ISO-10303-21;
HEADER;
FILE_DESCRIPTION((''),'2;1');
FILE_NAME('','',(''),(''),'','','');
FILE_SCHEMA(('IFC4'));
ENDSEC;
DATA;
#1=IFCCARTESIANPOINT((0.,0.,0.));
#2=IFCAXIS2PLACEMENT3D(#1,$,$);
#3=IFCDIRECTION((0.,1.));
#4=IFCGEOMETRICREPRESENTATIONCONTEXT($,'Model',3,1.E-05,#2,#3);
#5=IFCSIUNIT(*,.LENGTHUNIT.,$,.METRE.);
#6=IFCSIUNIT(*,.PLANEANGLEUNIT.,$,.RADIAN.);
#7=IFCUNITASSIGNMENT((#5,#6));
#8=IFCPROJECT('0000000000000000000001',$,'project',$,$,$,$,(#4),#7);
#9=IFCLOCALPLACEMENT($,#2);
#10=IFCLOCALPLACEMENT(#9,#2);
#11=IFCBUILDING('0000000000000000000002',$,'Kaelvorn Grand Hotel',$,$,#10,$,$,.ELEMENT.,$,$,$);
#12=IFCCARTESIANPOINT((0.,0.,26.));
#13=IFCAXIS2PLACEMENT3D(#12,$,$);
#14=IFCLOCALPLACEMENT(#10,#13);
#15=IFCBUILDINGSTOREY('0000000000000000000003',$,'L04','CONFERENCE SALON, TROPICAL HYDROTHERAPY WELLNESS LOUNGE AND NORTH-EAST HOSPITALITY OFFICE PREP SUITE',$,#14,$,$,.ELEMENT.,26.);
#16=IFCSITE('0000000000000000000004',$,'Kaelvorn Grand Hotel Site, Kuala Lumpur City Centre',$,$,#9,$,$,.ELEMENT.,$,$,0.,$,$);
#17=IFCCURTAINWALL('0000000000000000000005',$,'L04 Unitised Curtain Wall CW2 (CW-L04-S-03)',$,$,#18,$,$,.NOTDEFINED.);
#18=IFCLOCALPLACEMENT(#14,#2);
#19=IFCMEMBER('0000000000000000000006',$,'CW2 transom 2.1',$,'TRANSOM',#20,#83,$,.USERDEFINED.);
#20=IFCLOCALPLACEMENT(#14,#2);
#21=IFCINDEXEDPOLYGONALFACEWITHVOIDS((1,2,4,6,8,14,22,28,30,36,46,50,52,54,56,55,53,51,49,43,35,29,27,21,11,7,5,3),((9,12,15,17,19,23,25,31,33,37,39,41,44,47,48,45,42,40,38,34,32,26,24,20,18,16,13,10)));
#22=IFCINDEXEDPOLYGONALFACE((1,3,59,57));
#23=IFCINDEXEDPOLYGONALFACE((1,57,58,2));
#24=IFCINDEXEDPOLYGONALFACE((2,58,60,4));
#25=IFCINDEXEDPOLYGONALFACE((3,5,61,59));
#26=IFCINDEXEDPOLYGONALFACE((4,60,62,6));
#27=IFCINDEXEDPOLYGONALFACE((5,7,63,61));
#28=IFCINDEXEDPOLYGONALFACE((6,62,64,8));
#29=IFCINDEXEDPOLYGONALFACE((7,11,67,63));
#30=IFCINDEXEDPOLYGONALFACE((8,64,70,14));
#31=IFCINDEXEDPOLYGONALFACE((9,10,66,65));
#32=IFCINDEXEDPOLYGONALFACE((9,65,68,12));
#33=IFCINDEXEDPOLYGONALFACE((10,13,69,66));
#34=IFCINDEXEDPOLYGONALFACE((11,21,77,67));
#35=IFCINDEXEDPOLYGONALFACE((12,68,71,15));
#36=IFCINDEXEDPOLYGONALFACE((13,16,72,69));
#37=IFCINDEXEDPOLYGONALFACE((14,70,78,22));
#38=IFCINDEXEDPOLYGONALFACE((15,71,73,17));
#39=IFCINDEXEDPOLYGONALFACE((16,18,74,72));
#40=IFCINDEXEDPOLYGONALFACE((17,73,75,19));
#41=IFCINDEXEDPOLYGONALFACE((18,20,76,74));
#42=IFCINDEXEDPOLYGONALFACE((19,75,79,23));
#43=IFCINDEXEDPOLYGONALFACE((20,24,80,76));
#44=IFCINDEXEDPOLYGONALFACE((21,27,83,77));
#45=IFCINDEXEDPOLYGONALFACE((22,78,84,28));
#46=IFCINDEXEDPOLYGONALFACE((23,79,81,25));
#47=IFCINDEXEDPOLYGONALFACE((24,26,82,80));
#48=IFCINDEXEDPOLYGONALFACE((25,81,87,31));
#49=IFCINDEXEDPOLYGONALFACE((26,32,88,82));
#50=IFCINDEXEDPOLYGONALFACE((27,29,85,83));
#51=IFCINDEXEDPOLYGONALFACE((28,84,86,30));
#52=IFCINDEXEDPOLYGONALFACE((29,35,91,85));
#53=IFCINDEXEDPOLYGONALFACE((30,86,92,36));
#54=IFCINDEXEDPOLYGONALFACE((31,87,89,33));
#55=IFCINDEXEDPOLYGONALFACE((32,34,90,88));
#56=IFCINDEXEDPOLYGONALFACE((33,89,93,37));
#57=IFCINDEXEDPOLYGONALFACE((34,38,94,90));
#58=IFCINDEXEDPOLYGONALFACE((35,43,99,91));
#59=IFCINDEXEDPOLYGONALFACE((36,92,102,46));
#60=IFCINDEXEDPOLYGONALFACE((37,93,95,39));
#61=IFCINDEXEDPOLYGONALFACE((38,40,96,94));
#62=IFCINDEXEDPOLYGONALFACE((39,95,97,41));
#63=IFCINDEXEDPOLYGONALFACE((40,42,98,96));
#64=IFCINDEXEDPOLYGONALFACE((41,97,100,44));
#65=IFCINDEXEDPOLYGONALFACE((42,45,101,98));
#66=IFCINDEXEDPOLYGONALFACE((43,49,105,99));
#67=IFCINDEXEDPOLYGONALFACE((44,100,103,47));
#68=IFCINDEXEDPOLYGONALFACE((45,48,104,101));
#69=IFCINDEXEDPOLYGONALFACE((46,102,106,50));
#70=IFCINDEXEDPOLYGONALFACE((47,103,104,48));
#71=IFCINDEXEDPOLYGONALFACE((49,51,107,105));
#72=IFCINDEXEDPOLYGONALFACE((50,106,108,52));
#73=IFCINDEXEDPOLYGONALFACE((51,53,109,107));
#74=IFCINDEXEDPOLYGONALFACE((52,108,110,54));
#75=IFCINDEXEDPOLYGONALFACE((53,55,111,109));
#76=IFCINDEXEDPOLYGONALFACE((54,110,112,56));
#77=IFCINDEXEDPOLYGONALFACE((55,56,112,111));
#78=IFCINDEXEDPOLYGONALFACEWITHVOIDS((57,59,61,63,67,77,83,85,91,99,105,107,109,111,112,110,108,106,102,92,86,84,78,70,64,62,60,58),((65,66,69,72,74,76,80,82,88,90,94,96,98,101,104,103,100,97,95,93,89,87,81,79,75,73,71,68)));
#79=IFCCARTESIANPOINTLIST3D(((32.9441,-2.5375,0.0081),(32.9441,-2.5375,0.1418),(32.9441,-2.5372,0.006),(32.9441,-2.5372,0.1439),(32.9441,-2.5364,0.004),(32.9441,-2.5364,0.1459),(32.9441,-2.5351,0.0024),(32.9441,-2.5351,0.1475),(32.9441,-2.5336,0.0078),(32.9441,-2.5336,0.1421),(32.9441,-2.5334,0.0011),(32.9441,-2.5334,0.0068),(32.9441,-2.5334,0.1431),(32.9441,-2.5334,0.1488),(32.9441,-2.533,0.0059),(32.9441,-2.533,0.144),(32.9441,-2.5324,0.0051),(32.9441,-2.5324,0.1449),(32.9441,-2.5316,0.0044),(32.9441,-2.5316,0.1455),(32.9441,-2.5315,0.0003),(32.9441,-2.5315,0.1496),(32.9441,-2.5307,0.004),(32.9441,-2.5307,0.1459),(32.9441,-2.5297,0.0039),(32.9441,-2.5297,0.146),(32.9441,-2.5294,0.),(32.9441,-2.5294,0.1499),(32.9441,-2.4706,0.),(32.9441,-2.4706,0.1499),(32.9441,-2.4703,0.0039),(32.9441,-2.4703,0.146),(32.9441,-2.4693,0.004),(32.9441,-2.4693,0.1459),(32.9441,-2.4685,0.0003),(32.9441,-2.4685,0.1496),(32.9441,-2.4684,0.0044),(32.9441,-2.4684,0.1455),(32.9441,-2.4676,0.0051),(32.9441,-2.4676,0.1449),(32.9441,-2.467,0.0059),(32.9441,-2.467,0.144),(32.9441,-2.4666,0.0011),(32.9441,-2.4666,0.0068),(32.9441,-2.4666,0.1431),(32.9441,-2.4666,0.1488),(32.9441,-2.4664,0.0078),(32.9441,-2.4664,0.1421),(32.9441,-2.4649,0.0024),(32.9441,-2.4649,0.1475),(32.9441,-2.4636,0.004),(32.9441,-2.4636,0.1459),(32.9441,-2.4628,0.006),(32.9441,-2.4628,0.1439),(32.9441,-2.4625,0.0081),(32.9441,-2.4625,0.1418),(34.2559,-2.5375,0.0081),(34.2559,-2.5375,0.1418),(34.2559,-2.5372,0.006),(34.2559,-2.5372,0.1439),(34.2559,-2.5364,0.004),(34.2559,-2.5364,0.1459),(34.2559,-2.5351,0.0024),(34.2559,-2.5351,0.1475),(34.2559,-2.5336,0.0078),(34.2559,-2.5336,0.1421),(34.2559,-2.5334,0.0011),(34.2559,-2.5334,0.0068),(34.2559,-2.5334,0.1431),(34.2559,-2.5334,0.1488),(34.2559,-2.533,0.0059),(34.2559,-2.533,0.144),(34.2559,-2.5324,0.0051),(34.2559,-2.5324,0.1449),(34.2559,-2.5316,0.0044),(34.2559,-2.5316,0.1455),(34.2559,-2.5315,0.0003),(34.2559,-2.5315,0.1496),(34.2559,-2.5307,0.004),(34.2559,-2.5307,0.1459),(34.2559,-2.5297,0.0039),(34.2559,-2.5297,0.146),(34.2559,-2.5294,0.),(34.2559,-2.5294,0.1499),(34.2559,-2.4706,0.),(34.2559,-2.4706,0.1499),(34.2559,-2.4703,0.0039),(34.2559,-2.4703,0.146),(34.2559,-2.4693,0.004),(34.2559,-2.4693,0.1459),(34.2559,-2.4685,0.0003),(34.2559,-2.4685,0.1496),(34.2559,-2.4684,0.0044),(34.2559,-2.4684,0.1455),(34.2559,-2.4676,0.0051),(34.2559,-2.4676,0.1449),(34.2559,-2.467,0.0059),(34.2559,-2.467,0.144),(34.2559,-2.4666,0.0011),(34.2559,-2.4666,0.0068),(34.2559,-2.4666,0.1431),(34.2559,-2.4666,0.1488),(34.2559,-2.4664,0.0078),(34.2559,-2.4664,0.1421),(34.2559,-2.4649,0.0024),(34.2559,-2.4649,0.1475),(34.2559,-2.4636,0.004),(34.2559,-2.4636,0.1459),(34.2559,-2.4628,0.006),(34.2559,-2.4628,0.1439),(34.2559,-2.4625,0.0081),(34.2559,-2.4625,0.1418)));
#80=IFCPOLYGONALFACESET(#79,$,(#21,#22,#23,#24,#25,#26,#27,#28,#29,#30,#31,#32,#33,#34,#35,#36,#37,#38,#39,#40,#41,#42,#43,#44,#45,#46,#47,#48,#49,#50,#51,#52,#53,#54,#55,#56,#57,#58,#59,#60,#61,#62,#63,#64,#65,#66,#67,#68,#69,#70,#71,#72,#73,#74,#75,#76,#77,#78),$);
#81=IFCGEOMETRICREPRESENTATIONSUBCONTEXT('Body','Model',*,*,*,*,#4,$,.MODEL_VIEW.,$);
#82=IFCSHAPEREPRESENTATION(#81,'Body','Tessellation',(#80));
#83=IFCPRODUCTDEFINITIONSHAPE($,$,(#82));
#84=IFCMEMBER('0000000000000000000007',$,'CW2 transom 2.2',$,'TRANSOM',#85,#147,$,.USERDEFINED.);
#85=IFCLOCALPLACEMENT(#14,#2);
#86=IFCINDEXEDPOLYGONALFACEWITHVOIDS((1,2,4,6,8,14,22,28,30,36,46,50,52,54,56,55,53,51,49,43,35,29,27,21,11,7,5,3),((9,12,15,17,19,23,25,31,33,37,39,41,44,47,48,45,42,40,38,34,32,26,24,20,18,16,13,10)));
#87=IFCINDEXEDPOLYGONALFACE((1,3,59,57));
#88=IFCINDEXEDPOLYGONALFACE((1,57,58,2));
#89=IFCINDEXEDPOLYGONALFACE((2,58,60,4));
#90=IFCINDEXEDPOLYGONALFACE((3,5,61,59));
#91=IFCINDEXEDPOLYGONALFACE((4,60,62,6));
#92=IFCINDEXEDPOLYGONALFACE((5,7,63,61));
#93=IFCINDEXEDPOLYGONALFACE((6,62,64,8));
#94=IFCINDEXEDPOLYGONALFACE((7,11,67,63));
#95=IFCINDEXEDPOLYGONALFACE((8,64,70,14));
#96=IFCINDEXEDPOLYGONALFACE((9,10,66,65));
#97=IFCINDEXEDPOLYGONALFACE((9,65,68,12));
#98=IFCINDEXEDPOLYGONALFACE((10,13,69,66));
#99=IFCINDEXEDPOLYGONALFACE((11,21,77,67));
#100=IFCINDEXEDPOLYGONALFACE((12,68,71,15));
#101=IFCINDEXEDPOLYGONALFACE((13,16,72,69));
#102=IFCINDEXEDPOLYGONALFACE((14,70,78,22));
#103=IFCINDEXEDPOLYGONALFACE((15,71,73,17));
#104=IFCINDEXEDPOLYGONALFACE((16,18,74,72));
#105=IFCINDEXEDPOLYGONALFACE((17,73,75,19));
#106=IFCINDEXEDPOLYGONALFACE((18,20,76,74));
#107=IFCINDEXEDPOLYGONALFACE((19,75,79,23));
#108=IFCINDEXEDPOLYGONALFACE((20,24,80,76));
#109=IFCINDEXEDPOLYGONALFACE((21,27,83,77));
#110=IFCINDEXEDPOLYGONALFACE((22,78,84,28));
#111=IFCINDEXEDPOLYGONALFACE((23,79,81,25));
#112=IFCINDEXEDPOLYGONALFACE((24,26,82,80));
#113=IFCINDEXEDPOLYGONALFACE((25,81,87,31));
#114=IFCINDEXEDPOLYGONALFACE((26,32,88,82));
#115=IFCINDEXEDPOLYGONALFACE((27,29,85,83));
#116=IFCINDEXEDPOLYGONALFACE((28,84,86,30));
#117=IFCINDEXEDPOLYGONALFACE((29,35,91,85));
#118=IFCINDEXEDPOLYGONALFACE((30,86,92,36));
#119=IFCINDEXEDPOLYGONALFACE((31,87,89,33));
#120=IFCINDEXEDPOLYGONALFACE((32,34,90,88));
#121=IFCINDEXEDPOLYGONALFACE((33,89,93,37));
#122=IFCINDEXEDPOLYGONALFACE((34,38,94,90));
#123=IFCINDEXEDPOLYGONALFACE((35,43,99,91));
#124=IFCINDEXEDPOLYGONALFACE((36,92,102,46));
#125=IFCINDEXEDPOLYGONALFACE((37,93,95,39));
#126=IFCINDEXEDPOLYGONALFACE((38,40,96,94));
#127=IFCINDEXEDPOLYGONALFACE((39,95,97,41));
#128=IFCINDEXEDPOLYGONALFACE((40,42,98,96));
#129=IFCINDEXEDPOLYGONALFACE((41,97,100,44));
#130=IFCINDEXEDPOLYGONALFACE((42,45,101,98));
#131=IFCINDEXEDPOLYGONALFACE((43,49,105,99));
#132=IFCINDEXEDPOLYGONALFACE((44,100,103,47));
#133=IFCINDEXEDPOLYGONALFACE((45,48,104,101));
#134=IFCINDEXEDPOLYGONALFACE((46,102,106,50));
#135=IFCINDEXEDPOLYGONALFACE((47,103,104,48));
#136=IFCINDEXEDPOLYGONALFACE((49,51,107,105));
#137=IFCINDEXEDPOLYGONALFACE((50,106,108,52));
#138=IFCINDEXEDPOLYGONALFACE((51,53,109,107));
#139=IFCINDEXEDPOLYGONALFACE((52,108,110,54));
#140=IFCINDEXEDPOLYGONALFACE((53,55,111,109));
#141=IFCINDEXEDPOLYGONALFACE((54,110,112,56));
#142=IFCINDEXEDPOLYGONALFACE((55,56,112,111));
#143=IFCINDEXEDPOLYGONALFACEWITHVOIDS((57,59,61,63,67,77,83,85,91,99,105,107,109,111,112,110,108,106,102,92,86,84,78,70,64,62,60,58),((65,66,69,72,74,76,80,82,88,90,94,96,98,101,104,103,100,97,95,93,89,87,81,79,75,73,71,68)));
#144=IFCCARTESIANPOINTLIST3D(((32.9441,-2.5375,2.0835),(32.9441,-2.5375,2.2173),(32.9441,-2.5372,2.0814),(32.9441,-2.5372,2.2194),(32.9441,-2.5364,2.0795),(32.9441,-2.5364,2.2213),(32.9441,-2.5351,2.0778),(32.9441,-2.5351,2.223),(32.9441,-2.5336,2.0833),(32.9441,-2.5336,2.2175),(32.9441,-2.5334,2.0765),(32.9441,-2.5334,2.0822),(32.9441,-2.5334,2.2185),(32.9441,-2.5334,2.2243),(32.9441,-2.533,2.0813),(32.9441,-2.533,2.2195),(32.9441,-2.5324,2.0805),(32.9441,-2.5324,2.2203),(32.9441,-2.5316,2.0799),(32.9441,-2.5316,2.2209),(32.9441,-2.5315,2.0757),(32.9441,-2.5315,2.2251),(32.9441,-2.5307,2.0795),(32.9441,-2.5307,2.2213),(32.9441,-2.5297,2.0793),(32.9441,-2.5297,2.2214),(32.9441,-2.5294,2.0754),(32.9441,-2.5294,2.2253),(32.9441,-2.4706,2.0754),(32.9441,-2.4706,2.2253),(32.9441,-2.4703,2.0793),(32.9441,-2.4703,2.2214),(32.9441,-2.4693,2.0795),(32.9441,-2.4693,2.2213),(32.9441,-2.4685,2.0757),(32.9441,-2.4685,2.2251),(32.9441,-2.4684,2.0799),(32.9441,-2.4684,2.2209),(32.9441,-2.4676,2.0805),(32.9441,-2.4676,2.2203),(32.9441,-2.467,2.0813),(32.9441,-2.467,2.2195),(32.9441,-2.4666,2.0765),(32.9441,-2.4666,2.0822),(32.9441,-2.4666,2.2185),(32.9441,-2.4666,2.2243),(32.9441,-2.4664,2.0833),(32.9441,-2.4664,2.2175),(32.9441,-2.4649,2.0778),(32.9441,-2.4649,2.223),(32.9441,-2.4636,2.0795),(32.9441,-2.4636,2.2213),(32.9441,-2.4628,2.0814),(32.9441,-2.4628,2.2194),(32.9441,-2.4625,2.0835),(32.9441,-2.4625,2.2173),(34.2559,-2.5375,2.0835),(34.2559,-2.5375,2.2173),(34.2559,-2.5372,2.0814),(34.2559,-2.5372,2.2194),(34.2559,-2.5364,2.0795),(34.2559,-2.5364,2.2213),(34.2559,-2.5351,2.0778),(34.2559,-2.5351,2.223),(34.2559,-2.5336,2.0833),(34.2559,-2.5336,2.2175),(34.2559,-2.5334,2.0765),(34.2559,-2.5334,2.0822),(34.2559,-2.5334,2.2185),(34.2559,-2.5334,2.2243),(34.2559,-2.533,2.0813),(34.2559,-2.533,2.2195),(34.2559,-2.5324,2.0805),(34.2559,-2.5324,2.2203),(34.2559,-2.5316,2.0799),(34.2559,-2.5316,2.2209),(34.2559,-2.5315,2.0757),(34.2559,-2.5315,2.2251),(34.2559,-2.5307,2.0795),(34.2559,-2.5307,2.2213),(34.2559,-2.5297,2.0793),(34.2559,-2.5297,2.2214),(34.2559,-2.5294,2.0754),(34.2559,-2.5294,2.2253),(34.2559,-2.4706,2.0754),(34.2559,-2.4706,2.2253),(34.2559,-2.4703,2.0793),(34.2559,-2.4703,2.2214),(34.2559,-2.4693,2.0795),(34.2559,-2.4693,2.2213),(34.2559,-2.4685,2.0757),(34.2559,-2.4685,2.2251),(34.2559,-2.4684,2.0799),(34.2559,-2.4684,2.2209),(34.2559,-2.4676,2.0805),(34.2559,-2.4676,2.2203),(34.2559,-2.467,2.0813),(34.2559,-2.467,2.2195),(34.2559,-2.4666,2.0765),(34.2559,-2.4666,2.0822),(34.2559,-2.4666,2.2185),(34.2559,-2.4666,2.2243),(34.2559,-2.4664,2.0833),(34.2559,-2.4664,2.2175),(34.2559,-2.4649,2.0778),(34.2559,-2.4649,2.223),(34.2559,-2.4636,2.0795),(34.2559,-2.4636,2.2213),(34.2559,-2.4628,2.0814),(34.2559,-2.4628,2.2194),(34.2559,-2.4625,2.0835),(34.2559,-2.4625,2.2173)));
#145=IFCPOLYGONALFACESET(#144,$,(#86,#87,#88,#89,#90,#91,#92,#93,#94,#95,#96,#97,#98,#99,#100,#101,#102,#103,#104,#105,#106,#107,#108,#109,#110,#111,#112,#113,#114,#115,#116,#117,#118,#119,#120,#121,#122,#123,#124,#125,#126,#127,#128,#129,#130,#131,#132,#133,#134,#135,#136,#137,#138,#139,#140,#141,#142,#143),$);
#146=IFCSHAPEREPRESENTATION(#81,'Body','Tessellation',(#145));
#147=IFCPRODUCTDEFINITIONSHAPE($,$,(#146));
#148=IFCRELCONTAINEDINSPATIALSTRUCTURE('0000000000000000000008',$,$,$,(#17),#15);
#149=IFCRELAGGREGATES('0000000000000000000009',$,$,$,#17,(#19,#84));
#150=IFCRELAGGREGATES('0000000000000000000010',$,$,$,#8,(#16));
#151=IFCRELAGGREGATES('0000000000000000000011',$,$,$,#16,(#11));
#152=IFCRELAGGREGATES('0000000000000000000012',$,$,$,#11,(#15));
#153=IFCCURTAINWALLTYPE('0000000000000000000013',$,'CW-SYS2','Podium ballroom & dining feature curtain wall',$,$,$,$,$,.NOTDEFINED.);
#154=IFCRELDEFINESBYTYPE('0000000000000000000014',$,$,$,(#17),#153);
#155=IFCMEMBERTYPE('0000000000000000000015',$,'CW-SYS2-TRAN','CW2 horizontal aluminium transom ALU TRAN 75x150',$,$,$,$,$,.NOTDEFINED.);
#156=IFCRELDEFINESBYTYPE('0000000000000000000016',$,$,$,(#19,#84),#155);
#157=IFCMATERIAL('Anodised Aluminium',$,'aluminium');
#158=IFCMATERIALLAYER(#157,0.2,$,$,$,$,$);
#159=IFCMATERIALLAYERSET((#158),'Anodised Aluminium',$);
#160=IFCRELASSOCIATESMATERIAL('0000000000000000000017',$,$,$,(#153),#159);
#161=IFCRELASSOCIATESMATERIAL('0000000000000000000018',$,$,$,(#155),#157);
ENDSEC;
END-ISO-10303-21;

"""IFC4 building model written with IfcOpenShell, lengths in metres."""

from ifc_helpers import new_model, si_unit, direction, frame, origin, origin_2d, place, context, subcontext, project, spatial, hollow_rectangle, extrude, material, layer, layer_set, material_profile, profile_set, type_object, element, aggregate, save


model = new_model("IFC4")

# Units and contexts
model_context = context("Model", 3, precision=1e-05, world=origin(), true_north=direction((0.0, 1.0)))
body_context = subcontext(model_context, "Body", "Model", "MODEL_VIEW")
ifc_project = project(units=[si_unit("LENGTHUNIT", "METRE"), si_unit("PLANEANGLEUNIT", "RADIAN")], contexts=[model_context])

# Site, building, storey
site_placement = place(None, origin())
site = spatial("IfcSite", under=ifc_project, at=site_placement, Name="Kaelvorn Grand Hotel Site, Kuala Lumpur City Centre", CompositionType="ELEMENT", RefElevation=0.0)
building_placement = place(site_placement, origin())
building = spatial("IfcBuilding", under=site, at=building_placement, Name="Kaelvorn Grand Hotel", CompositionType="ELEMENT")
storey_placement = place(building_placement, frame((0.0, 0.0, 26.0)))
storey = spatial("IfcBuildingStorey", under=building, at=storey_placement, Name="L04", Description="CONFERENCE SALON, TROPICAL HYDROTHERAPY WELLNESS LOUNGE AND NORTH-EAST HOSPITALITY OFFICE PREP SUITE", CompositionType="ELEMENT", Elevation=26.0)

# Curtain wall
ifc_material_1 = material(Name="Anodised Aluminium", Category="aluminium")
ifc_layer_1 = layer(ifc_material_1, 0.2)
ifc_layer_set_1 = layer_set([ifc_layer_1], Name="Anodised Aluminium")
curtain_wall_type = type_object("IfcCurtainWallType", Name="CW-SYS2", Description="Podium ballroom & dining feature curtain wall", PredefinedType="NOTDEFINED", material=ifc_layer_set_1)
curtain_wall_1_placement = place(storey_placement, origin())
curtain_wall_1 = element("IfcCurtainWall", 1, at=curtain_wall_1_placement, inside=storey, type_object=curtain_wall_type, Name="L04 Unitised Curtain Wall CW2 (CW-L04-S-03)", PredefinedType="NOTDEFINED")

# Members
ifc_material_profile_1 = material_profile(ifc_material_1, hollow_rectangle(XDim=0.075, YDim=0.1499, WallThickness=0.0039, InnerFilletRadius=0.0039, OuterFilletRadius=0.0081, at=origin_2d()), Name="ALU TRAN 75x150")
ifc_profile_set_1 = profile_set([ifc_material_profile_1], Name="Anodised Aluminium")
member_type_1 = type_object("IfcMemberType", Name="CW-SYS2-TRAN", Description="CW2 horizontal aluminium transom ALU TRAN 75x150", PredefinedType="NOTDEFINED", material=ifc_profile_set_1)
member_1_placement = place(storey_placement, frame((32.9441, -2.5, 0.075), z_axis=(1.0, 0.0, 0.0), x_axis=(0.0, 1.0, 0.0)))
member_1 = element("IfcMember", 2, at=member_1_placement, type_object=member_type_1, Name="CW2 transom 2.1", ObjectType="TRANSOM", PredefinedType="USERDEFINED", context=body_context, shape_type="SweptSolid", body=[
    extrude(hollow_rectangle(XDim=0.075, YDim=0.1499, WallThickness=0.0039, InnerFilletRadius=0.0039, OuterFilletRadius=0.0081, at=origin_2d()), origin(), (0.0, 0.0, 1.0), 1.3118),
])
member_2_placement = place(storey_placement, frame((32.9441, -2.5, 2.1504), z_axis=(1.0, 0.0, 0.0), x_axis=(0.0, 1.0, 0.0)))
member_2 = element("IfcMember", 3, at=member_2_placement, type_object=member_type_1, Name="CW2 transom 2.2", ObjectType="TRANSOM", PredefinedType="USERDEFINED", context=body_context, shape_type="SweptSolid", body=[
    extrude(hollow_rectangle(XDim=0.075, YDim=0.1499, WallThickness=0.0039, InnerFilletRadius=0.0039, OuterFilletRadius=0.0081, at=origin_2d()), origin(), (0.0, 0.0, 1.0), 1.3118),
])

aggregate(curtain_wall_1, [member_1, member_2])

save(model, "model.ifc")
